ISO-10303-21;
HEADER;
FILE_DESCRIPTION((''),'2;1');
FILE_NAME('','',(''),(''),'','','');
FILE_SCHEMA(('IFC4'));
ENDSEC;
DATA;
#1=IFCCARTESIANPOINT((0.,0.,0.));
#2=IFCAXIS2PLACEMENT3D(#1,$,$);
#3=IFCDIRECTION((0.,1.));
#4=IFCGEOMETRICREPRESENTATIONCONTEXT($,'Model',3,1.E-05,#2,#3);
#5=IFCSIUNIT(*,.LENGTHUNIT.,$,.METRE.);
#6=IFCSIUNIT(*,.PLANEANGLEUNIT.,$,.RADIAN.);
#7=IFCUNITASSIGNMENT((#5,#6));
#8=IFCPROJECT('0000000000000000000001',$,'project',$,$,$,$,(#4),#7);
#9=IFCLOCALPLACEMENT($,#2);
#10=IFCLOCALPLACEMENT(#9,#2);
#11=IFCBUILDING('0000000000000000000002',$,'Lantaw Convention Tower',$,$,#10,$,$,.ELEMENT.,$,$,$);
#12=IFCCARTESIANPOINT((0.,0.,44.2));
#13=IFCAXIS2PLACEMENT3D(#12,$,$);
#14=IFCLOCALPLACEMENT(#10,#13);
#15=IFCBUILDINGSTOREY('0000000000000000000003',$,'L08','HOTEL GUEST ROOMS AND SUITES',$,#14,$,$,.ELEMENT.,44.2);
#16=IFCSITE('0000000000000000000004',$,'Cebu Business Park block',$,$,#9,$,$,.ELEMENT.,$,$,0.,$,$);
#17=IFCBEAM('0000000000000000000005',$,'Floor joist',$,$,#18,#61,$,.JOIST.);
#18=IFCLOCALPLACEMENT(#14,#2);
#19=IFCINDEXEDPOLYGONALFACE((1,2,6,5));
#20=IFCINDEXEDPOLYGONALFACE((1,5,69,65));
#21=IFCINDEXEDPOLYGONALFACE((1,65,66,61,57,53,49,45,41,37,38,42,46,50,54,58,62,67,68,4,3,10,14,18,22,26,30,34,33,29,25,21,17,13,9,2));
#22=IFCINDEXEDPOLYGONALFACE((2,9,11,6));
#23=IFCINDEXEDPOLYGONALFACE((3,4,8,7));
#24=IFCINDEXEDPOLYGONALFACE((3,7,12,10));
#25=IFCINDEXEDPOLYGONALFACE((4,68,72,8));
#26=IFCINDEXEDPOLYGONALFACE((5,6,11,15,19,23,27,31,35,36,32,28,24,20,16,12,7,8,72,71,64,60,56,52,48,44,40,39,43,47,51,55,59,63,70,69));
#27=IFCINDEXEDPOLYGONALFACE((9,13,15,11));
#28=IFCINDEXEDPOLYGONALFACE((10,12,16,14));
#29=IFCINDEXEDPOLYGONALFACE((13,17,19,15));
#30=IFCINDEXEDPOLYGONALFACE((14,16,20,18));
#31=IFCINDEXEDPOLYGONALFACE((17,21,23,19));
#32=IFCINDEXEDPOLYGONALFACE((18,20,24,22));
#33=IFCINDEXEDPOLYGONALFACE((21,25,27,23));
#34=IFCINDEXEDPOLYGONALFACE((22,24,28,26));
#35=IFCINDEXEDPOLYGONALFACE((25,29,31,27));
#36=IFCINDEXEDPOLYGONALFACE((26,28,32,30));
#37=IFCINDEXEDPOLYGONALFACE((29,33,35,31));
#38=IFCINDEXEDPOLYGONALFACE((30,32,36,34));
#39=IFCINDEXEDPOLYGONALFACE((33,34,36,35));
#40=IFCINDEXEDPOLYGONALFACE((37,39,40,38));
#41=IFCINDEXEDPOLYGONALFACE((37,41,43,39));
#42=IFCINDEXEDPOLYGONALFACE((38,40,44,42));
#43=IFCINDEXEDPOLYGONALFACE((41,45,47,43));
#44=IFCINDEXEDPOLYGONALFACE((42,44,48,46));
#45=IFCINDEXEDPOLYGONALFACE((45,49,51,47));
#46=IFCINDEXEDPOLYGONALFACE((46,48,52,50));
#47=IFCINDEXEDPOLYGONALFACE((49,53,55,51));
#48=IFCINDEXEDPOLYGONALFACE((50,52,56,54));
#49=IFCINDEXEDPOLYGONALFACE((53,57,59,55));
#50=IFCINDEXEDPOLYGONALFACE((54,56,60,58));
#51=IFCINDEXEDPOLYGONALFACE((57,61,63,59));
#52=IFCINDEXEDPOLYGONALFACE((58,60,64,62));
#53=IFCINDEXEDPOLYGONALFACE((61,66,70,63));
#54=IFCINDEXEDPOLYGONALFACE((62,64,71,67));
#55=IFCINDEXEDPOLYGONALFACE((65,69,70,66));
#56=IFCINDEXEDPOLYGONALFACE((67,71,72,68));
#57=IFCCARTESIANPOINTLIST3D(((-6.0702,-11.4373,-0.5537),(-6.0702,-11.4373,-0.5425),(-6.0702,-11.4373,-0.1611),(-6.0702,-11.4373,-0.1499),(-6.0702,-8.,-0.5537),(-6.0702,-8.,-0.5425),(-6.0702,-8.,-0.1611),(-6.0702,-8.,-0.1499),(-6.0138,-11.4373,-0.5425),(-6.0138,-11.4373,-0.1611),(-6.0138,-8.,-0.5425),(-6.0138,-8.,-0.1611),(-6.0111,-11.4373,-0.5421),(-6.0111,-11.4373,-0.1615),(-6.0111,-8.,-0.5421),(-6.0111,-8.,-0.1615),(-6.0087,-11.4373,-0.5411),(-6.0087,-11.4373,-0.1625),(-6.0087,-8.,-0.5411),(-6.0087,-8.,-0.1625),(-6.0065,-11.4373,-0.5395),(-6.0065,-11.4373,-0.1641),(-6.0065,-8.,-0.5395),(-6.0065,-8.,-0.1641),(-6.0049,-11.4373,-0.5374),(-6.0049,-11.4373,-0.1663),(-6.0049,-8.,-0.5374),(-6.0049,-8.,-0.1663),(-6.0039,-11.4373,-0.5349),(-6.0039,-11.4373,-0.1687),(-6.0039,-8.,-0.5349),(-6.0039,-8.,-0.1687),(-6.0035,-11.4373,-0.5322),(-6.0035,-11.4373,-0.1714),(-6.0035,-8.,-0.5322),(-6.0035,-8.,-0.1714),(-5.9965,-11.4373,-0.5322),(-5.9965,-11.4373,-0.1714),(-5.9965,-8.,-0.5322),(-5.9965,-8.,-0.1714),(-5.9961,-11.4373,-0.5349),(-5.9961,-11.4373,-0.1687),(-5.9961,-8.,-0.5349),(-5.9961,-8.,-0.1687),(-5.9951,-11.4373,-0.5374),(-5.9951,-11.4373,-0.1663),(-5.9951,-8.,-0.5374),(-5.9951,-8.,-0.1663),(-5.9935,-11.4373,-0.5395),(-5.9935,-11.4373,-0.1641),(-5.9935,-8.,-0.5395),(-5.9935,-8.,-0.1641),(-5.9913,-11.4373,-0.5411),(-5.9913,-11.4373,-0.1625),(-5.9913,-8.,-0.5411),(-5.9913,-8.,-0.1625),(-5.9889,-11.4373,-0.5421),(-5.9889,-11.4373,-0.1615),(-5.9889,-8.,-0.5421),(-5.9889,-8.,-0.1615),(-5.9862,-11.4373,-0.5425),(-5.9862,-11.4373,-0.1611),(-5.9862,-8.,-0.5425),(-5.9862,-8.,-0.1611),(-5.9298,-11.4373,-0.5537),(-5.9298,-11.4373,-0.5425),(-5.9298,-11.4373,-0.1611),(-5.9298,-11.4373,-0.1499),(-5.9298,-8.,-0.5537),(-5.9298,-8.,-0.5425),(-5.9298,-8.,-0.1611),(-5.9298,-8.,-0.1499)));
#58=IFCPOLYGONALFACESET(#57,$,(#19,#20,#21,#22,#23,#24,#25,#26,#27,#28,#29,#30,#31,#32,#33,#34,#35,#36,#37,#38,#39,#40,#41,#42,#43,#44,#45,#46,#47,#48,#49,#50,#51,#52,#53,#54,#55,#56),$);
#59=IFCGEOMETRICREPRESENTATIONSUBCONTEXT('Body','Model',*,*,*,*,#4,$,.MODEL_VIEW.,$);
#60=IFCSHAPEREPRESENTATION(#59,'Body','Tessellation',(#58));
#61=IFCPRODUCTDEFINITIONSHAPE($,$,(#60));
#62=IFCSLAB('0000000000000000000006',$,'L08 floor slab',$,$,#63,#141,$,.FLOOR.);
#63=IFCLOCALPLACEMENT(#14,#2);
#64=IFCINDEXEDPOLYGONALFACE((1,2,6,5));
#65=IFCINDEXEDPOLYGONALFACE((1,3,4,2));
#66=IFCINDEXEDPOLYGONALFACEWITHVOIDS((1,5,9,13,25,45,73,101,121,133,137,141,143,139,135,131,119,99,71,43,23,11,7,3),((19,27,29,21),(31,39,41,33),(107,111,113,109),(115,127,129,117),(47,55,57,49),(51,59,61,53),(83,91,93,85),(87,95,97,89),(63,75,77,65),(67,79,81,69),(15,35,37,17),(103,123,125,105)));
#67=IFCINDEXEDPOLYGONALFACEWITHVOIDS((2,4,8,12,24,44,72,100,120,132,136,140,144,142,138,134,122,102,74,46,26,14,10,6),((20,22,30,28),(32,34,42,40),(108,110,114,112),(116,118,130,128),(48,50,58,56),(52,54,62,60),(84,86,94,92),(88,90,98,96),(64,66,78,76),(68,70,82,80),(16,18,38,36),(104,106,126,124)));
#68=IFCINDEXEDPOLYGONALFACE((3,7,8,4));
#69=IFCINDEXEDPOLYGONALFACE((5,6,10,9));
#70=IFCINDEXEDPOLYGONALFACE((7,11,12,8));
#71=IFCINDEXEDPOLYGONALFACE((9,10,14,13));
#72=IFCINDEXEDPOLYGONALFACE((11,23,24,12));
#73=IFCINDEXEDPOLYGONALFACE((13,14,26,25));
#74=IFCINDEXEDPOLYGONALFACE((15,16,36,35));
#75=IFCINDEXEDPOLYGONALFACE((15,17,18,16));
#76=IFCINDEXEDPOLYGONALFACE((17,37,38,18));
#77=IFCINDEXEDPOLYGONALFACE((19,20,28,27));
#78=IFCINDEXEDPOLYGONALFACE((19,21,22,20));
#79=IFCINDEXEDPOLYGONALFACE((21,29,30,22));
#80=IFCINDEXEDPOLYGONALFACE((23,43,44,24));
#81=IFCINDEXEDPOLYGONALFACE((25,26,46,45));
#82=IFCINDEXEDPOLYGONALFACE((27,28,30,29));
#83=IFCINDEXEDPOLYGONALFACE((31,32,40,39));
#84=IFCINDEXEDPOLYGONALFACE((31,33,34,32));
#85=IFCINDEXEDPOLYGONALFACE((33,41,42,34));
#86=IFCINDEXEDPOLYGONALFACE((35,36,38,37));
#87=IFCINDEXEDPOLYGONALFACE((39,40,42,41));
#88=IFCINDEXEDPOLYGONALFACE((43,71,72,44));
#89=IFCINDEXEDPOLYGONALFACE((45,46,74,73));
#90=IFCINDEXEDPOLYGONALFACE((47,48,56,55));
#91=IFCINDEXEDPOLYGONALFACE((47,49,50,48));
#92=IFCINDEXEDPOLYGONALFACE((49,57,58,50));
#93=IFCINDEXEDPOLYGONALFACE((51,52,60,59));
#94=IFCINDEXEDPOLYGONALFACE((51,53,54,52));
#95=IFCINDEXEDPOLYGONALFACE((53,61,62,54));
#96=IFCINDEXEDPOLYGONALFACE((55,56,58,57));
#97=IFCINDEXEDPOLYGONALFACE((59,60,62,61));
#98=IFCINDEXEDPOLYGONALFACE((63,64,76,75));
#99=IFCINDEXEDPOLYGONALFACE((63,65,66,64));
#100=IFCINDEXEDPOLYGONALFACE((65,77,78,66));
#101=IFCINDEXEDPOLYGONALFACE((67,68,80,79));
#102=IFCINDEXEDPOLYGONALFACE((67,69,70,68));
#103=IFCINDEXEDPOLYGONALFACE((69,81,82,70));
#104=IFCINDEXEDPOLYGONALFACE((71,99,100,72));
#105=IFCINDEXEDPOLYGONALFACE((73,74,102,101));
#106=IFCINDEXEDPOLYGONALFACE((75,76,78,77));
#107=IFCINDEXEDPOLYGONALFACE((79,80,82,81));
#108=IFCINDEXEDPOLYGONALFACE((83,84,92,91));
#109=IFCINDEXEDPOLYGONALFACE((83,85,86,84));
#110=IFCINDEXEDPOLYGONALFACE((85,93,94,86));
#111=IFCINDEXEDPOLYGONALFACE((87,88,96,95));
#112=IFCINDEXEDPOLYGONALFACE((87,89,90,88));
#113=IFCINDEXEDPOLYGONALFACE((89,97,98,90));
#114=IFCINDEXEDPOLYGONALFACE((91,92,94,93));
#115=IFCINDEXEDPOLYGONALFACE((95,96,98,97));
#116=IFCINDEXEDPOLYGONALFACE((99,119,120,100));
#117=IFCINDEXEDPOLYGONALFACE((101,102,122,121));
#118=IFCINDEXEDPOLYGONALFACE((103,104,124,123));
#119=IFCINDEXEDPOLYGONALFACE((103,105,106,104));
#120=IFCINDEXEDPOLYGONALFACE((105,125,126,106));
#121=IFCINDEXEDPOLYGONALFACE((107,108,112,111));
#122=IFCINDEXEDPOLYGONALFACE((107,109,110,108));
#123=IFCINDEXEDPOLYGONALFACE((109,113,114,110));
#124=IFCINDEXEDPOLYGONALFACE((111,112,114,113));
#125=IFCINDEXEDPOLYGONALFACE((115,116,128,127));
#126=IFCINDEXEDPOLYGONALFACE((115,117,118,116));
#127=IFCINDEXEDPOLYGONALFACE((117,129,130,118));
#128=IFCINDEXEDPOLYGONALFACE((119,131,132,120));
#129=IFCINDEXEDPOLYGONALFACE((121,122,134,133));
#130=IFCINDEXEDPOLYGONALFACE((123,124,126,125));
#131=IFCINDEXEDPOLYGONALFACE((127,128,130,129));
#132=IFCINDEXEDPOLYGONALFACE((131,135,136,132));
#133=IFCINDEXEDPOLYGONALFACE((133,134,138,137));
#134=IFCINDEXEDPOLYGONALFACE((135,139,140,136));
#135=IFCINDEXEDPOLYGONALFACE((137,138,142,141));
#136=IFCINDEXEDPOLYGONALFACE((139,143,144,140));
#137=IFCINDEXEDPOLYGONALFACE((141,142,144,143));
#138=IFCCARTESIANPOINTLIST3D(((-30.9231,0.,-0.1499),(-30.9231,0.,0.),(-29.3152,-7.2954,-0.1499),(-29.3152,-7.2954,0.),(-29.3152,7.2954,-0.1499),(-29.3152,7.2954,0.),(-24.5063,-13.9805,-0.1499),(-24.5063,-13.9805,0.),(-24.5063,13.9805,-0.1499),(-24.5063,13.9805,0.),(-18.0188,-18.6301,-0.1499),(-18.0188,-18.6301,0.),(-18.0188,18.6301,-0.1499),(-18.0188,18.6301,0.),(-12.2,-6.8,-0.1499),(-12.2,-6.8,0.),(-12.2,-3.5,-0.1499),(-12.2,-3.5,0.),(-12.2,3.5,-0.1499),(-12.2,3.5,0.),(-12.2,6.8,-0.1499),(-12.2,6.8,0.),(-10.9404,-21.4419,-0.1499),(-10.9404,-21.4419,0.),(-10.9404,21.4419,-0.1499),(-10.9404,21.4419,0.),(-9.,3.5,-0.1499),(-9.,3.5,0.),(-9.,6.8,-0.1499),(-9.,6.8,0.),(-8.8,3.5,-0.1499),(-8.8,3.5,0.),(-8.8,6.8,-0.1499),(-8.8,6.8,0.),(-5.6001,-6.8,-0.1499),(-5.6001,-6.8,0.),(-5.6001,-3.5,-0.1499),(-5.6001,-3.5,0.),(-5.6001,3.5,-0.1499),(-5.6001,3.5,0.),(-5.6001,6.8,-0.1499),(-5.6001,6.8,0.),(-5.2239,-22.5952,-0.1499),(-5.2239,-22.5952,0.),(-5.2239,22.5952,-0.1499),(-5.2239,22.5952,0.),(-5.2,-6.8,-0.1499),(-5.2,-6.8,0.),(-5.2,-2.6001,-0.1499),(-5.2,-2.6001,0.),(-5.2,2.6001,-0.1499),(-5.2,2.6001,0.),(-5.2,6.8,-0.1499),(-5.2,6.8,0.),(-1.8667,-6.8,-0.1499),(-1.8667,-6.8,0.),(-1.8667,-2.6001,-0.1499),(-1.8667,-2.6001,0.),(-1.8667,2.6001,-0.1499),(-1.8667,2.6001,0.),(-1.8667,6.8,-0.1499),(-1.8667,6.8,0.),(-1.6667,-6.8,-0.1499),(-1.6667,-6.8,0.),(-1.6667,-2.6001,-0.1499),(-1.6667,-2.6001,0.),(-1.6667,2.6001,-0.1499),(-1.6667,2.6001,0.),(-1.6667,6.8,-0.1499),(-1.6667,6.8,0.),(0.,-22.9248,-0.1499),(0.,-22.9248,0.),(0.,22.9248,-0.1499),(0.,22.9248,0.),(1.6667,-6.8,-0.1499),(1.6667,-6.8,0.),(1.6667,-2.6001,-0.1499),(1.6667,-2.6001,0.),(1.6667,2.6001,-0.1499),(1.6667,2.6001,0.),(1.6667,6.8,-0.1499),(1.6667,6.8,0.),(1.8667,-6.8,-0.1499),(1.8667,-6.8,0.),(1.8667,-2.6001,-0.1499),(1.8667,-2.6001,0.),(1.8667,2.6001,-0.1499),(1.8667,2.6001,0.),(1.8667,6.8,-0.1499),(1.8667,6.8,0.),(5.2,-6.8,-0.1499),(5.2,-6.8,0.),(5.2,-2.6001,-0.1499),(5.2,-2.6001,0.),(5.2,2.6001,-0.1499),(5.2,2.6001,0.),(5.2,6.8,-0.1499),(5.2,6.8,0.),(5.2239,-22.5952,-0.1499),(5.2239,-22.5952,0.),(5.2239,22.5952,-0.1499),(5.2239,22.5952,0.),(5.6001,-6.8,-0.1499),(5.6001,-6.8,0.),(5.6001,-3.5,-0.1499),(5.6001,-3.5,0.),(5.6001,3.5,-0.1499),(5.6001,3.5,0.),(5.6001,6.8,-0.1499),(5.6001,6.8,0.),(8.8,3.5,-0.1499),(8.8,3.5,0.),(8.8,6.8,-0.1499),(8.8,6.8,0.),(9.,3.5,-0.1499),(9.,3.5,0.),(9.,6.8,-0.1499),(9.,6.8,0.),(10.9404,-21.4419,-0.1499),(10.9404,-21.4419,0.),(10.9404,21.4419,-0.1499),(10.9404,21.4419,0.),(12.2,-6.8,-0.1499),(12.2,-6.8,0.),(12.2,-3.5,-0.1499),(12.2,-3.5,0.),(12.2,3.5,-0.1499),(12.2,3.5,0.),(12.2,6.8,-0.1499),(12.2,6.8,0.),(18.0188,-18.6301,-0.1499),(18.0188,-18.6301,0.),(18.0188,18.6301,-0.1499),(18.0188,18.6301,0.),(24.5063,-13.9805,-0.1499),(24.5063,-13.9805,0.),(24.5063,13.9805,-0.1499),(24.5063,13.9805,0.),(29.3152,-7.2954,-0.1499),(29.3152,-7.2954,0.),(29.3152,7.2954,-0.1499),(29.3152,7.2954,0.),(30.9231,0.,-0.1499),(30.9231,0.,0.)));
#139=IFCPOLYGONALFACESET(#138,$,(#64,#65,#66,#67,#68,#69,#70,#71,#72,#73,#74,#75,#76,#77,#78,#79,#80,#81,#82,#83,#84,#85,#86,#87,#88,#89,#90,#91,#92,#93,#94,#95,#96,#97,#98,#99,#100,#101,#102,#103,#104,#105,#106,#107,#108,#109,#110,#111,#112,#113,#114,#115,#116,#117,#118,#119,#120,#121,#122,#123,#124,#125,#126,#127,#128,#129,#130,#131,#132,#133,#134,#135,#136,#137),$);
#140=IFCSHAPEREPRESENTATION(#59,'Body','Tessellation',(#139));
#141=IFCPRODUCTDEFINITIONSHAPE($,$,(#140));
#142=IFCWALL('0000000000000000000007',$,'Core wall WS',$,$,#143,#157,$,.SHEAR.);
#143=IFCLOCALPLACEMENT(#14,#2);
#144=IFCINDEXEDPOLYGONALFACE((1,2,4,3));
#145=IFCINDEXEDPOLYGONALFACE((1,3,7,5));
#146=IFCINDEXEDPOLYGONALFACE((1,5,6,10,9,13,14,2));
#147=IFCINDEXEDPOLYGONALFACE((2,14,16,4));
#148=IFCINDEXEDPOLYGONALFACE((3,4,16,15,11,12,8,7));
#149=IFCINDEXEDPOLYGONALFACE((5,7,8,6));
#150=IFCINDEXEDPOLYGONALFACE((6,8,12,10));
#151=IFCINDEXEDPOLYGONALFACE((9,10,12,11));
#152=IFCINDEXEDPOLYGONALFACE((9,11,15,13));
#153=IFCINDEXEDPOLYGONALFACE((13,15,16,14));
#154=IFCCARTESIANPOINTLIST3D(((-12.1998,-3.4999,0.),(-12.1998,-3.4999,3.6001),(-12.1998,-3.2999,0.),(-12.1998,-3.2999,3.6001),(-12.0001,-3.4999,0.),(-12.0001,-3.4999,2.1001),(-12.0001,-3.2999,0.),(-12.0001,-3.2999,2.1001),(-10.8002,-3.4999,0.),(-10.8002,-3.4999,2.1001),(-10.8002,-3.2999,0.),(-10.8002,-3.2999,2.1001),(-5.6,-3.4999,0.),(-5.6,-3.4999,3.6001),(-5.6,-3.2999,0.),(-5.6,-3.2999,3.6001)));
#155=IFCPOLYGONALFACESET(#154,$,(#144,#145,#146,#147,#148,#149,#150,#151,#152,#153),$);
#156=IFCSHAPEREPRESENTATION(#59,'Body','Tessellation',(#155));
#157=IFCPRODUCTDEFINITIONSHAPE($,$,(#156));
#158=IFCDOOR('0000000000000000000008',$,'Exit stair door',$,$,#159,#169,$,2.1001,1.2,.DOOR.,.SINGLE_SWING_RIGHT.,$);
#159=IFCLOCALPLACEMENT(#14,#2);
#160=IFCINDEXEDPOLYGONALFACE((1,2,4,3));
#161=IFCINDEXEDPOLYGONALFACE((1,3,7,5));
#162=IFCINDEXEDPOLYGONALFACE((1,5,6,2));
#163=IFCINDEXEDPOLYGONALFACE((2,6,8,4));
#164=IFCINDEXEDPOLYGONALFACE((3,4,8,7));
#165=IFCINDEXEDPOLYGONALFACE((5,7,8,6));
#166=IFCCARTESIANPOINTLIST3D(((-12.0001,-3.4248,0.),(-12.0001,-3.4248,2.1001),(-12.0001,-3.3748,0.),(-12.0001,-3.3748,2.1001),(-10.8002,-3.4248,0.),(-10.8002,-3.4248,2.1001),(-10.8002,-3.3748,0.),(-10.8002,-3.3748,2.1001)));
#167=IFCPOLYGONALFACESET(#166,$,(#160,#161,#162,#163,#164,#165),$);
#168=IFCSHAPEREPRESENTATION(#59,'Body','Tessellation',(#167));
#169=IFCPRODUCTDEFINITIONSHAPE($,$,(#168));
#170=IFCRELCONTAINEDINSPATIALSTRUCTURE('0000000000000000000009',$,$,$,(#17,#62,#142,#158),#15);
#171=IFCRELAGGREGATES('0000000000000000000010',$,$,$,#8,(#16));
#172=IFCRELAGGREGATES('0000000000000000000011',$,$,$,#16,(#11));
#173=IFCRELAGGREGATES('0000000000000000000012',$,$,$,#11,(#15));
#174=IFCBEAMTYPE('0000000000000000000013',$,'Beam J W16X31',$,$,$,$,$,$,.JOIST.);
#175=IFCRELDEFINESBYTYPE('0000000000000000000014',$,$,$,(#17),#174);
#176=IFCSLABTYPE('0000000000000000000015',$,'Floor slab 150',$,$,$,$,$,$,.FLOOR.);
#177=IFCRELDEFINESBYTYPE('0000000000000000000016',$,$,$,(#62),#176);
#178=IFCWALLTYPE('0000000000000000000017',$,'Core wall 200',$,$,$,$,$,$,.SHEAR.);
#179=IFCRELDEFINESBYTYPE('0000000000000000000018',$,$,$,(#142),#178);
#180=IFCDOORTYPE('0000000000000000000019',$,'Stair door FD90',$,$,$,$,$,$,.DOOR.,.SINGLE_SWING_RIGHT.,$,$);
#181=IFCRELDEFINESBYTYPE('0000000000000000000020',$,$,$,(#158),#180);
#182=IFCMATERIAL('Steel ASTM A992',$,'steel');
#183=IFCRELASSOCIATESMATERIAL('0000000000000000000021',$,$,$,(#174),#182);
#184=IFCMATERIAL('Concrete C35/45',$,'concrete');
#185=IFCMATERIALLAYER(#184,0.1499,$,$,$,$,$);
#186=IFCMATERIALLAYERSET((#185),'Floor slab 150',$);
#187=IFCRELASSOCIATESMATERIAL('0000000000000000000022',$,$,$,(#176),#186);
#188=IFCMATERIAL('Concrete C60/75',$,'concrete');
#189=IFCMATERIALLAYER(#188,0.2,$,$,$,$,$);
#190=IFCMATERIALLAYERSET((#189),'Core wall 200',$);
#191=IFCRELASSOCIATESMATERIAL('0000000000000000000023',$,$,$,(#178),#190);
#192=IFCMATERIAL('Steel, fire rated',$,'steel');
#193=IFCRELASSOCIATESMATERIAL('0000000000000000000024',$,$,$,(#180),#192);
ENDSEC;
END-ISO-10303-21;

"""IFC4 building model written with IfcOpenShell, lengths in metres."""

from ifc_helpers import new_model, si_unit, direction, frame, frame_2d, origin, origin_2d, place, context, subcontext, project, spatial, polyline, rectangle, i_section, outline, extrude, material, layer, layer_set, material_profile, profile_set, type_object, element, fill, save


model = new_model("IFC4")

# Units and contexts
model_context = context("Model", 3, precision=1e-05, world=origin(), true_north=direction((0.0, 1.0)))
body_context = subcontext(model_context, "Body", "Model", "MODEL_VIEW")
ifc_project = project(units=[si_unit("LENGTHUNIT", "METRE"), si_unit("PLANEANGLEUNIT", "RADIAN")], contexts=[model_context])

# Site, building, storey
site_placement = place(None, origin())
site = spatial("IfcSite", under=ifc_project, at=site_placement, Name="Cebu Business Park block", CompositionType="ELEMENT", RefElevation=0.0)
building_placement = place(site_placement, origin())
building = spatial("IfcBuilding", under=site, at=building_placement, Name="Lantaw Convention Tower", CompositionType="ELEMENT")
storey_placement = place(building_placement, frame((0.0, 0.0, 44.2)))
storey = spatial("IfcBuildingStorey", under=building, at=storey_placement, Name="L08", Description="HOTEL GUEST ROOMS AND SUITES", CompositionType="ELEMENT", Elevation=44.2)

# Beam
ifc_material_1 = material(Name="Steel ASTM A992", Category="steel")
ifc_material_profile_1 = material_profile(ifc_material_1, i_section(OverallWidth=0.1404, OverallDepth=0.4038, WebThickness=0.0071, FlangeThickness=0.0112, FilletRadius=0.0103, at=origin_2d()), Name="W16X31")
ifc_profile_set_1 = profile_set([ifc_material_profile_1], Name="Steel ASTM A992")
beam_type_1 = type_object("IfcBeamType", Name="Beam J W16X31", PredefinedType="JOIST", material=ifc_profile_set_1)
beam_1_placement = place(storey_placement, frame((-6.0, -11.4373, -0.3518), z_axis=(0.0, 1.0, 0.0), x_axis=(-1.0, 0.0, 0.0)))
element("IfcBeam", 1, at=beam_1_placement, inside=storey, type_object=beam_type_1, Name="Floor joist", PredefinedType="JOIST", context=body_context, shape_type="SweptSolid", body=[
    extrude(i_section(OverallWidth=0.1404, OverallDepth=0.4038, WebThickness=0.0071, FlangeThickness=0.0112, FilletRadius=0.0103, at=origin_2d()), origin(), (0.0, 0.0, 1.0), 3.4373),
])

# Slab
ifc_material_2 = material(Name="Concrete C35/45", Category="concrete")
ifc_layer_1 = layer(ifc_material_2, 0.1499)
ifc_layer_set_1 = layer_set([ifc_layer_1], Name="Floor slab 150")
slab_type = type_object("IfcSlabType", Name="Floor slab 150", PredefinedType="FLOOR", material=ifc_layer_set_1)
slab_placement = place(storey_placement, frame((0.0, 0.0, -0.1499)))
element("IfcSlab", 2, at=slab_placement, inside=storey, type_object=slab_type, Name="L08 floor slab", PredefinedType="FLOOR", context=body_context, shape_type="SweptSolid", body=[
    extrude(outline(polyline([(29.3152, -7.2954), (30.9231, 0.0), (29.3152, 7.2954), (24.5063, 13.9805), (18.0188, 18.6301), (10.9404, 21.4419), (5.2239, 22.5952), (0.0, 22.9248), (-5.2239, 22.5952), (-10.9404, 21.4419), (-18.0188, 18.6301), (-24.5063, 13.9805), (-29.3152, 7.2954), (-30.9231, 0.0), (-29.3152, -7.2954), (-24.5063, -13.9805), (-18.0188, -18.6301), (-10.9404, -21.4419), (-5.2239, -22.5952), (0.0, -22.9248), (5.2239, -22.5952), (10.9404, -21.4419), (18.0188, -18.6301), (24.5063, -13.9805), (29.3152, -7.2954)]), holes=[polyline([(-5.6001, -3.5), (-12.2, -3.5), (-12.2, -6.8), (-5.6001, -6.8), (-5.6001, -3.5)]), polyline([(-1.8667, -6.8), (-1.8667, -2.6001), (-5.2, -2.6001), (-5.2, -6.8), (-1.8667, -6.8)]), polyline([(-1.8667, 2.6001), (-1.8667, 6.8), (-5.2, 6.8), (-5.2, 2.6001), (-1.8667, 2.6001)]), polyline([(1.6667, 6.8), (-1.6667, 6.8), (-1.6667, 2.6001), (1.6667, 2.6001), (1.6667, 6.8)]), polyline([(-9.0, 3.5), (-9.0, 6.8), (-12.2, 6.8), (-12.2, 3.5), (-9.0, 3.5)]), polyline([(-5.6001, 3.5), (-5.6001, 6.8), (-8.8, 6.8), (-8.8, 3.5), (-5.6001, 3.5)]), polyline([(12.2, -3.5), (5.6001, -3.5), (5.6001, -6.8), (12.2, -6.8), (12.2, -3.5)]), polyline([(1.6667, -6.8), (1.6667, -2.6001), (-1.6667, -2.6001), (-1.6667, -6.8), (1.6667, -6.8)]), polyline([(5.2, -6.8), (5.2, -2.6001), (1.8667, -2.6001), (1.8667, -6.8), (5.2, -6.8)]), polyline([(5.2, 6.8), (1.8667, 6.8), (1.8667, 2.6001), (5.2, 2.6001), (5.2, 6.8)]), polyline([(8.8, 3.5), (8.8, 6.8), (5.6001, 6.8), (5.6001, 3.5), (8.8, 3.5)]), polyline([(12.2, 3.5), (12.2, 6.8), (9.0, 6.8), (9.0, 3.5), (12.2, 3.5)])]), origin(), (0.0, 0.0, 1.0), 0.1499),
])

# Wall, opening, door
ifc_material_3 = material(Name="Concrete C60/75", Category="concrete")
ifc_layer_2 = layer(ifc_material_3, 0.2)
ifc_layer_set_2 = layer_set([ifc_layer_2], Name="Core wall 200")
wall_type_1 = type_object("IfcWallType", Name="Core wall 200", PredefinedType="SHEAR", material=ifc_layer_set_2)
wall_1_placement = place(storey_placement, frame((-5.6001, -3.3999, 0.0), z_axis=(0.0, 0.0, 1.0), x_axis=(-1.0, 0.0, 0.0)))
wall_1 = element("IfcWall", 3, at=wall_1_placement, inside=storey, type_object=wall_type_1, Name="Core wall WS", PredefinedType="SHEAR", context=body_context, shape_type="SweptSolid", body=[
    extrude(rectangle(XDim=6.5999, YDim=0.2, at=frame_2d((3.2998, 0.0))), origin(), (0.0, 0.0, 1.0), 3.6001),
])
opening_1_placement = place(wall_1_placement, frame((5.2, 0.0, 0.0)))
opening_1 = element("IfcOpeningElement", 4, at=opening_1_placement, cuts=wall_1, PredefinedType="OPENING", context=body_context, shape_type="SweptSolid", body=[
    extrude(rectangle(XDim=1.2, YDim=2.1001, at=frame_2d((0.6001, 1.05))), frame((0.0, 0.1099, 0.0), z_axis=(0.0, -1.0, 0.0), x_axis=(1.0, 0.0, 0.0)), (0.0, 0.0, 1.0), 0.22),
])
ifc_material_4 = material(Name="Steel, fire rated", Category="steel")
door_type_1 = type_object("IfcDoorType", Name="Stair door FD90", OperationType="SINGLE_SWING_RIGHT", PredefinedType="DOOR", material=ifc_material_4)
door_1_placement = place(opening_1_placement, origin())
door_1 = element("IfcDoor", 5, at=door_1_placement, inside=storey, type_object=door_type_1, Name="Exit stair door", OperationType="SINGLE_SWING_RIGHT", OverallHeight=2.1001, OverallWidth=1.2, PredefinedType="DOOR", context=body_context, shape_type="SweptSolid", body=[
    extrude(rectangle(XDim=1.2, YDim=2.1001, at=frame_2d((0.6001, 1.05))), frame((0.0, 0.0249, 0.0), z_axis=(0.0, -1.0, 0.0), x_axis=(1.0, 0.0, 0.0)), (0.0, 0.0, 1.0), 0.05),
])
fill(opening_1, door_1)

save(model, "model.ifc")
